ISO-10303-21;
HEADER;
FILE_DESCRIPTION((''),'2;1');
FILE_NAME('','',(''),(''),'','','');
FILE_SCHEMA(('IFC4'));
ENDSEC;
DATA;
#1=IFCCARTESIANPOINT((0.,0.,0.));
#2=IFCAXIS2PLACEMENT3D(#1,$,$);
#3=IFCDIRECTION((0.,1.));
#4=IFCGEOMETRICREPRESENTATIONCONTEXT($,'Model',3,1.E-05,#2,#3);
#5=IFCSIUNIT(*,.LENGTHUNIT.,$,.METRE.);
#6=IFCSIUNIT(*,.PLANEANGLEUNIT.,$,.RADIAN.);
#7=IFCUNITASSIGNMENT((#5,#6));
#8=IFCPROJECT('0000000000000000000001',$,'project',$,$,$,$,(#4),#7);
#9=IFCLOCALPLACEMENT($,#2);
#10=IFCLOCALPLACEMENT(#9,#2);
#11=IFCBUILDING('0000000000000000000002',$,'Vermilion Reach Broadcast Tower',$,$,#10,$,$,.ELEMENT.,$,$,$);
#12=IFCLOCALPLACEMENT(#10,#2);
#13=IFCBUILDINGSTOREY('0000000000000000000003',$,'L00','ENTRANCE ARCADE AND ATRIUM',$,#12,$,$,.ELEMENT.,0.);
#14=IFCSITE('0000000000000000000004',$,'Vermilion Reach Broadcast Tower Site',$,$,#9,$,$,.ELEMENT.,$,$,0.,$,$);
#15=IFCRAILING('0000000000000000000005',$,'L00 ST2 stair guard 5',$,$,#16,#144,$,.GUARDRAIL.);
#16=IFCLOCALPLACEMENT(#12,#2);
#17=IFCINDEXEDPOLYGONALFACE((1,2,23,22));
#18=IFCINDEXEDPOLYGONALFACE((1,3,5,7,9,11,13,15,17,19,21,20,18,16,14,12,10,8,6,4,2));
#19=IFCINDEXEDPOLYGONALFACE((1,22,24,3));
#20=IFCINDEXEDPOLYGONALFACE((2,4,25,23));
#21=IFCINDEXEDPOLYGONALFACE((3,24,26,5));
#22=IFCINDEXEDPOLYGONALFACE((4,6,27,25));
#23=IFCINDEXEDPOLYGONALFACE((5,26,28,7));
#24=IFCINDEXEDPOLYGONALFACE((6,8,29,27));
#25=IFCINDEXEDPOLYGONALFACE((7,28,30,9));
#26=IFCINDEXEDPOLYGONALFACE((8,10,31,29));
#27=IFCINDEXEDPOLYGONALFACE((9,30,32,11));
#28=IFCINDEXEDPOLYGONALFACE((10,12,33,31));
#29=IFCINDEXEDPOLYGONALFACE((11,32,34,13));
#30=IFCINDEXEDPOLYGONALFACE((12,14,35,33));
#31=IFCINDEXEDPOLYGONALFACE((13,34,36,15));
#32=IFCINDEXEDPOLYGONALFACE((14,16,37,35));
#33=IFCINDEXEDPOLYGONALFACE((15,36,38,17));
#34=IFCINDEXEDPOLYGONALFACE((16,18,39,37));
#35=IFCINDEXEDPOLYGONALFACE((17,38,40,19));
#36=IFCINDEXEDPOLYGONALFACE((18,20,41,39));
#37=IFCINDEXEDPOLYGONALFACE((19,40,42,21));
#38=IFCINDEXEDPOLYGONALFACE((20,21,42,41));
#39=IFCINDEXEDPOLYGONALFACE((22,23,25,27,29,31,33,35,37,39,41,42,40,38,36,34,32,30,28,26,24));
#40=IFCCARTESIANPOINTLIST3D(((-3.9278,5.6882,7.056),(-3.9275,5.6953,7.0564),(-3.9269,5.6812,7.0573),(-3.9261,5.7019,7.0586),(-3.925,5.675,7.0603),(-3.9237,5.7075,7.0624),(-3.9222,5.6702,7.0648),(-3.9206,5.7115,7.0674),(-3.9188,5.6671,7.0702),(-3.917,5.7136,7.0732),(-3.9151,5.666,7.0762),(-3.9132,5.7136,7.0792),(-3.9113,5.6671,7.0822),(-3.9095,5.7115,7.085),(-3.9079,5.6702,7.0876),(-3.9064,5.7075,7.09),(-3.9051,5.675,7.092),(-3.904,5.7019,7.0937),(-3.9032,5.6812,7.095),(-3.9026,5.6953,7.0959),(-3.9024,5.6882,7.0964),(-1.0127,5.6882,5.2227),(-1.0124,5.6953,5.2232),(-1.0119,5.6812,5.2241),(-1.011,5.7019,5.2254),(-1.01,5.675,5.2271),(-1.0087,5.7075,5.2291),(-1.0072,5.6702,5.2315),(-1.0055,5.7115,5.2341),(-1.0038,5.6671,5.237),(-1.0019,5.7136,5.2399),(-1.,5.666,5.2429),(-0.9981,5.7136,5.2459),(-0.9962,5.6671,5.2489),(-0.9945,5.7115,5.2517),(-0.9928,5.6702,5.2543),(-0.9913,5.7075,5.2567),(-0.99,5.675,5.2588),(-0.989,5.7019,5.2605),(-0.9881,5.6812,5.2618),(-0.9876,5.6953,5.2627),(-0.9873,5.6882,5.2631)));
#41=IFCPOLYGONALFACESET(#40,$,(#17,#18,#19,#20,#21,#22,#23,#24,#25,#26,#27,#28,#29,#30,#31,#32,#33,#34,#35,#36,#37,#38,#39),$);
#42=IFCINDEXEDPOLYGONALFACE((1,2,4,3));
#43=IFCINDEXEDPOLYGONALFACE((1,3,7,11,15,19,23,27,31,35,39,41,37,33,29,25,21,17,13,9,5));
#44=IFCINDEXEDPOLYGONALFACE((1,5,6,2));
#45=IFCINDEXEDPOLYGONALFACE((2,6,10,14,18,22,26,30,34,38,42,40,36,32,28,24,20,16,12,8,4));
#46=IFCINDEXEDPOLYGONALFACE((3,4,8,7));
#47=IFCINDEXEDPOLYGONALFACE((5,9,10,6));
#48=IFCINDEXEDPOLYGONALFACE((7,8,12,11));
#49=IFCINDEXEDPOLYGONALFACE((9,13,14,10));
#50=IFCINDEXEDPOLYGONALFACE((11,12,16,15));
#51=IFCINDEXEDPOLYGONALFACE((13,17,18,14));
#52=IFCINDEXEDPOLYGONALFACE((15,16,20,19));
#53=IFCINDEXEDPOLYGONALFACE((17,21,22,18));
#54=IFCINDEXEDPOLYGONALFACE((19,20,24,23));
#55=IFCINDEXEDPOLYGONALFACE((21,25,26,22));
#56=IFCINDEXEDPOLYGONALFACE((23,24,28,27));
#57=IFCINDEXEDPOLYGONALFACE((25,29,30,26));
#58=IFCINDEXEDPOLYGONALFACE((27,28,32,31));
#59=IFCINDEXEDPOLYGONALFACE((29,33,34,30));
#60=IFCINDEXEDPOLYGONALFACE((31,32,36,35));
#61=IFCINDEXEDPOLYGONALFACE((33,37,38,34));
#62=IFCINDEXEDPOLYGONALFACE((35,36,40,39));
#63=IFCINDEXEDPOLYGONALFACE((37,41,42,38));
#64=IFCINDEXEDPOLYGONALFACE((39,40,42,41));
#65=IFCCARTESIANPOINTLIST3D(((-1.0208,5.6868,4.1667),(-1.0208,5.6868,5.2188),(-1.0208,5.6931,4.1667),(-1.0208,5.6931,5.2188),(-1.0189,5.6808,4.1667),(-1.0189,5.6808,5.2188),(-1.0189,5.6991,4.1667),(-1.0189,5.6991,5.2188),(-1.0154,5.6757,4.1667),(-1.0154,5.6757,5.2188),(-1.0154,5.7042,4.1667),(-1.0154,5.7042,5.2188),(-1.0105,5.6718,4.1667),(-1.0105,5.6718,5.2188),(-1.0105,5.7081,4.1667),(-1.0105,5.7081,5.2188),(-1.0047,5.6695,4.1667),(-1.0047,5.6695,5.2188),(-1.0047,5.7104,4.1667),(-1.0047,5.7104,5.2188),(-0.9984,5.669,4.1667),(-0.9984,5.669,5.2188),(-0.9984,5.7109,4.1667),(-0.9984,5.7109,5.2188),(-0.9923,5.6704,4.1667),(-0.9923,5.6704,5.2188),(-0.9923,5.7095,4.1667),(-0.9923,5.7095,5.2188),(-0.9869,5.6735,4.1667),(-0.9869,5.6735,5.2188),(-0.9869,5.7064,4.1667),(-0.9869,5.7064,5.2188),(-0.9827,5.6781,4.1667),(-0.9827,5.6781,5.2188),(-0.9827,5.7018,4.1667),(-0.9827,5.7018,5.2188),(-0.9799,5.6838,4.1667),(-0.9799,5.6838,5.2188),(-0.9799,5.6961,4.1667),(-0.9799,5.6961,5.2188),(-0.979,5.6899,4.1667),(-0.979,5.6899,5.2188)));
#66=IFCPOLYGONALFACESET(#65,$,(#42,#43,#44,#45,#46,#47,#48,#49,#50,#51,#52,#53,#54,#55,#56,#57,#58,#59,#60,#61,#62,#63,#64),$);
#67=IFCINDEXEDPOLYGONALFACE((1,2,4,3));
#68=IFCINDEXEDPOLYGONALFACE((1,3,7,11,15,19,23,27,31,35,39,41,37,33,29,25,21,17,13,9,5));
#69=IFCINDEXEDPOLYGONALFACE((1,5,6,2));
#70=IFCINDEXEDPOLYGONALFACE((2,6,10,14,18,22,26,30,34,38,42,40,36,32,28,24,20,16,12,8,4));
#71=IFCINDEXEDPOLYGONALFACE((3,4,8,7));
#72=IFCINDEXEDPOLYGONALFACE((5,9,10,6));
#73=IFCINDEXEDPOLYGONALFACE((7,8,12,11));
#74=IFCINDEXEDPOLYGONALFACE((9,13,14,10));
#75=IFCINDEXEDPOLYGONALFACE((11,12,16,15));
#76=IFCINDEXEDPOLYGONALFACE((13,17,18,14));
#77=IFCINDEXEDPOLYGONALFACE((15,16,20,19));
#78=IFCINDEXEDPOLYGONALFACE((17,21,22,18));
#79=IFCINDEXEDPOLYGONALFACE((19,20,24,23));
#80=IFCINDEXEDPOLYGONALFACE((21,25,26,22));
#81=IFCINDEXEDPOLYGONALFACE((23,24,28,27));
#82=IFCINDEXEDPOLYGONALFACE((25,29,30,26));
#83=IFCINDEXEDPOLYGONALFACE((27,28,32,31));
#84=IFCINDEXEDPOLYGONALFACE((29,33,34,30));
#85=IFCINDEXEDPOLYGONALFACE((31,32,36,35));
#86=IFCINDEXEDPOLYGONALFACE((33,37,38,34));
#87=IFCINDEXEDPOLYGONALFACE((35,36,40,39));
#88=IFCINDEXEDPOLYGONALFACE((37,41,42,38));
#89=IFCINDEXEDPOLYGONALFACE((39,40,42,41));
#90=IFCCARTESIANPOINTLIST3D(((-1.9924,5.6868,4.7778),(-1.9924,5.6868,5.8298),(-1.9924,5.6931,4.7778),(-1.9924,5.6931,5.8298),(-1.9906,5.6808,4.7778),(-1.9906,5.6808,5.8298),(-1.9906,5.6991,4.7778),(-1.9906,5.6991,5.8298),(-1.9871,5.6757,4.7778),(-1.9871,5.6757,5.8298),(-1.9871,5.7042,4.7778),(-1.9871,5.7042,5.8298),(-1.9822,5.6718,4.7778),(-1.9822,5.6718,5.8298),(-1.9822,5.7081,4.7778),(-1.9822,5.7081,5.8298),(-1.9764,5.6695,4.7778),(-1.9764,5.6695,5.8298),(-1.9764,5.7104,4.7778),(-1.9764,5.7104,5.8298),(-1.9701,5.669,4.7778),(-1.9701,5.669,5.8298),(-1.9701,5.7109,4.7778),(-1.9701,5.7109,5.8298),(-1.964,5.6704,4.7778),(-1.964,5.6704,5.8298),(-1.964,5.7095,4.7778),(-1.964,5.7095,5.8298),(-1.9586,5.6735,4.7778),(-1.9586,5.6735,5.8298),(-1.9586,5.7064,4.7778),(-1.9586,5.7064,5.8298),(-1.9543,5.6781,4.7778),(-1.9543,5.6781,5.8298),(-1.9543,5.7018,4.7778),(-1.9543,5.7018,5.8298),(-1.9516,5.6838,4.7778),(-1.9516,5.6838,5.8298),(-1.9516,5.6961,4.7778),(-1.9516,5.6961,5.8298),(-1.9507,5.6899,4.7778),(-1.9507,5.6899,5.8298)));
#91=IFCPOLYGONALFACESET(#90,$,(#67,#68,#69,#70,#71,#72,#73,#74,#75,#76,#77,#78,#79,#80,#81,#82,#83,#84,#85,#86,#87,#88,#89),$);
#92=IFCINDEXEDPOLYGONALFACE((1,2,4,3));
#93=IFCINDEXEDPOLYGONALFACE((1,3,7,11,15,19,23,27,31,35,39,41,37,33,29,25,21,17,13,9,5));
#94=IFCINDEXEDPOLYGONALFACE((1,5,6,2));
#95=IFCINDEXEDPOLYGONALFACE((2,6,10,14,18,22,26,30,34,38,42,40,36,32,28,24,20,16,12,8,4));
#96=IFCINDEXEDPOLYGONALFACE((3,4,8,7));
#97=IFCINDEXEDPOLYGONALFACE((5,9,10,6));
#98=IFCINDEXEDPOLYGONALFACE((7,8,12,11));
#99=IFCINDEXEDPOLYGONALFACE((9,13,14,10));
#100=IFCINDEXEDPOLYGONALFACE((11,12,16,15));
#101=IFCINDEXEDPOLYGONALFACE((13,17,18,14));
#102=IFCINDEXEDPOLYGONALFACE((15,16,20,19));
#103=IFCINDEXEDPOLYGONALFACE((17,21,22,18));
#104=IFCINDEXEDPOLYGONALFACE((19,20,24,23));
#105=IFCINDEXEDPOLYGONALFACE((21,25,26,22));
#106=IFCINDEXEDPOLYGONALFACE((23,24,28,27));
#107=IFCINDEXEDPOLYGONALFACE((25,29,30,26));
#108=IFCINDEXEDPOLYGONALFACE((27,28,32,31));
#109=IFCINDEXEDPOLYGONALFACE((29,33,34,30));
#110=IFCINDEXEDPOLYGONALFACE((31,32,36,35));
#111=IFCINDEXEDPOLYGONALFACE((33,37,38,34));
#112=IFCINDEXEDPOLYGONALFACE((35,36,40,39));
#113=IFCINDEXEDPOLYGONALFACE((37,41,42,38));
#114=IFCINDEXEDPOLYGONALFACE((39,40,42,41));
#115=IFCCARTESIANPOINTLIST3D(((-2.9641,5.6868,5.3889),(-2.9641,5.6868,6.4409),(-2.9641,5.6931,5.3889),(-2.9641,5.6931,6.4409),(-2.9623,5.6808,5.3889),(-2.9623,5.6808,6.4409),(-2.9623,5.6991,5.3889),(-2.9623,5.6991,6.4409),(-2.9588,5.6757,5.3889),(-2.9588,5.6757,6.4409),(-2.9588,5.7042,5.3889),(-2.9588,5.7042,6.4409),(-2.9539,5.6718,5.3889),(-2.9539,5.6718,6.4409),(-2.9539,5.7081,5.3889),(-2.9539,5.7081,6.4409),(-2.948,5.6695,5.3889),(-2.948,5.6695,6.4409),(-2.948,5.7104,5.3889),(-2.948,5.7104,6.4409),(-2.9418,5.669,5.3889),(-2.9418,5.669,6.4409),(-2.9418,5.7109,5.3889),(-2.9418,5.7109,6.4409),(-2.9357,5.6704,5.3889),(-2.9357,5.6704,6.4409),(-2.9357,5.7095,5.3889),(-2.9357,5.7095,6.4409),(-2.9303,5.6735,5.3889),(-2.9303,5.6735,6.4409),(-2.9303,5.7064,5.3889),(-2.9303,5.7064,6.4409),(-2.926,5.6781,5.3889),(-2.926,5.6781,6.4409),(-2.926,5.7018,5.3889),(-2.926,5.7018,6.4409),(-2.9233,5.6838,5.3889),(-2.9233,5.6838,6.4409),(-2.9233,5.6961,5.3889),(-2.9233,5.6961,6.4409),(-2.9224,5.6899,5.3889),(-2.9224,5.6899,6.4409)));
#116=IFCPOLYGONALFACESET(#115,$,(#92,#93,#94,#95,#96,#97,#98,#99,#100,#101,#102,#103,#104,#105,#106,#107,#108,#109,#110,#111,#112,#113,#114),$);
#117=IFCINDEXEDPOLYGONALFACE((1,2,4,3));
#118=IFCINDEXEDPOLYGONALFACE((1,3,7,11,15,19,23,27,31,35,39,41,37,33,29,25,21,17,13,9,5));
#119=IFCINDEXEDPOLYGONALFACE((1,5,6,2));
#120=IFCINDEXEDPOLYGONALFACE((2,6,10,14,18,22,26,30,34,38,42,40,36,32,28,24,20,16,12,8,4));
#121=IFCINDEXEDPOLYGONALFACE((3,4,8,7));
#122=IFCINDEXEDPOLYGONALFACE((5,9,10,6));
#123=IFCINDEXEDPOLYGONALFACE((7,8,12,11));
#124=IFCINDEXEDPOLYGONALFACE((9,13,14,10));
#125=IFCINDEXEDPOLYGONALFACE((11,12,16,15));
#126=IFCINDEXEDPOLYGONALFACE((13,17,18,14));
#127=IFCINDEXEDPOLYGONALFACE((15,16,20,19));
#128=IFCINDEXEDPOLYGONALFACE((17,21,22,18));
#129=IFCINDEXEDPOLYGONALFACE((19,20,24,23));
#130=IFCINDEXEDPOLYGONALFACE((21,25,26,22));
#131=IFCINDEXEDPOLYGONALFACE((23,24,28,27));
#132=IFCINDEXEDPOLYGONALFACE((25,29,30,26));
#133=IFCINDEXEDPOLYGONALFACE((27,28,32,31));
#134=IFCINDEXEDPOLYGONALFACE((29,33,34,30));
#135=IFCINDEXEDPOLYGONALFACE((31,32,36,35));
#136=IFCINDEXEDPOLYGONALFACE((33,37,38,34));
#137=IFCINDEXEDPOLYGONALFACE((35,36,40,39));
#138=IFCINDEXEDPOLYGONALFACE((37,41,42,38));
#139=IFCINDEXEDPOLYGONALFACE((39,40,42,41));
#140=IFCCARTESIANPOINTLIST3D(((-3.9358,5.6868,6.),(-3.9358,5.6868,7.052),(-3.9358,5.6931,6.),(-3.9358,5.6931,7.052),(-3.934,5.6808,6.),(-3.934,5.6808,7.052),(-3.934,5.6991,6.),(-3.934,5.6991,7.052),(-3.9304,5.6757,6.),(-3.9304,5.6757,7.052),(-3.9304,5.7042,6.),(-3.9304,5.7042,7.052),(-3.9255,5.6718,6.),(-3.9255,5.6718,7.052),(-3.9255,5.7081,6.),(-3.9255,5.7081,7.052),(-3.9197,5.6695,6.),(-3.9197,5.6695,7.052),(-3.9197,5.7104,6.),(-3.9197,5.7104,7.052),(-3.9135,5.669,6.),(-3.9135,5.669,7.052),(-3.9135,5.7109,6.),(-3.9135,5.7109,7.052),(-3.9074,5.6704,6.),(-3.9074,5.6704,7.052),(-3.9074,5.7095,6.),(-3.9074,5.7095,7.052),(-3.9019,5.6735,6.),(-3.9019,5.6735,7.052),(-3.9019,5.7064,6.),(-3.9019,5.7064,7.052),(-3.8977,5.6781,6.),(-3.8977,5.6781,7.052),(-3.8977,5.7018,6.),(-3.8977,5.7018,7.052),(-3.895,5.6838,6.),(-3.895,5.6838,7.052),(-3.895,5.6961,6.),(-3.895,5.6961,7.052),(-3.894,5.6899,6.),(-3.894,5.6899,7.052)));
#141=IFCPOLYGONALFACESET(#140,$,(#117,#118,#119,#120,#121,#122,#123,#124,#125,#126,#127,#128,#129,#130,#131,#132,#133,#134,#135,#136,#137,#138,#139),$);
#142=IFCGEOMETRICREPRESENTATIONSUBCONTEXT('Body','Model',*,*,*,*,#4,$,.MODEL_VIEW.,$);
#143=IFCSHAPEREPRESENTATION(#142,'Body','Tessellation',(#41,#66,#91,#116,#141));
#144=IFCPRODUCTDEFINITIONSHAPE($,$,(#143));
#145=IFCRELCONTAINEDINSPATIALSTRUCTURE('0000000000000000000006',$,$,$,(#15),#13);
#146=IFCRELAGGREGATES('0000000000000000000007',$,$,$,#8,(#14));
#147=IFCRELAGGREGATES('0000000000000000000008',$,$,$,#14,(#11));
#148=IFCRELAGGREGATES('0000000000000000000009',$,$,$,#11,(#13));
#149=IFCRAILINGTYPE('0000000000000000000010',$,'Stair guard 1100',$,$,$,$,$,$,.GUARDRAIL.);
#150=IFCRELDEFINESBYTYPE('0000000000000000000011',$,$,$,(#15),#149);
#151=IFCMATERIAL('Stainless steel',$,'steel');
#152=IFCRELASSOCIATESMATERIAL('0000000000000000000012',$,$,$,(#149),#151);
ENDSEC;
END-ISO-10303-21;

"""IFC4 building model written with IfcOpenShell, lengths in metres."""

from ifc_helpers import new_model, si_unit, direction, frame, origin, origin_2d, place, context, subcontext, project, spatial, circle, extrude, material, type_object, element, save


model = new_model("IFC4")

# Units and contexts
model_context = context("Model", 3, precision=1e-05, world=origin(), true_north=direction((0.0, 1.0)))
body_context = subcontext(model_context, "Body", "Model", "MODEL_VIEW")
ifc_project = project(units=[si_unit("LENGTHUNIT", "METRE"), si_unit("PLANEANGLEUNIT", "RADIAN")], contexts=[model_context])

# Site, building, storey
site_placement = place(None, origin())
site = spatial("IfcSite", under=ifc_project, at=site_placement, Name="Vermilion Reach Broadcast Tower Site", CompositionType="ELEMENT", RefElevation=0.0)
building_placement = place(site_placement, origin())
building = spatial("IfcBuilding", under=site, at=building_placement, Name="Vermilion Reach Broadcast Tower", CompositionType="ELEMENT")
storey_placement = place(building_placement, origin())
storey = spatial("IfcBuildingStorey", under=building, at=storey_placement, Name="L00", Description="ENTRANCE ARCADE AND ATRIUM", CompositionType="ELEMENT", Elevation=0.0)

# Railing
ifc_material_1 = material(Name="Stainless steel", Category="steel")
railing_type_1 = type_object("IfcRailingType", Name="Stair guard 1100", PredefinedType="GUARDRAIL", material=ifc_material_1)
railing_1_placement = place(storey_placement, frame((-1.0, 5.6899, 4.1667)))
element("IfcRailing", 1, at=railing_1_placement, inside=storey, type_object=railing_type_1, Name="L00 ST2 stair guard 5", PredefinedType="GUARDRAIL", context=body_context, shape_type="SweptSolid", body=[
    extrude(circle(Radius=0.0239, at=origin_2d()), frame((0.0, 0.0, 1.0762), z_axis=(-0.846513, 0.0, 0.532368), x_axis=(0.0, -1.0, 0.0)), (0.0, 0.0, 1.0), 3.4436),
    extrude(circle(Radius=0.021, at=origin_2d()), origin(), (0.0, 0.0, 1.0), 1.052),
    extrude(circle(Radius=0.021, at=origin_2d()), frame((-0.9717, 0.0, 0.6111)), (0.0, 0.0, 1.0), 1.052),
    extrude(circle(Radius=0.021, at=origin_2d()), frame((-1.9434, 0.0, 1.2222)), (0.0, 0.0, 1.0), 1.052),
    extrude(circle(Radius=0.021, at=origin_2d()), frame((-2.915, 0.0, 1.8333)), (0.0, 0.0, 1.0), 1.052),
])

save(model, "model.ifc")
